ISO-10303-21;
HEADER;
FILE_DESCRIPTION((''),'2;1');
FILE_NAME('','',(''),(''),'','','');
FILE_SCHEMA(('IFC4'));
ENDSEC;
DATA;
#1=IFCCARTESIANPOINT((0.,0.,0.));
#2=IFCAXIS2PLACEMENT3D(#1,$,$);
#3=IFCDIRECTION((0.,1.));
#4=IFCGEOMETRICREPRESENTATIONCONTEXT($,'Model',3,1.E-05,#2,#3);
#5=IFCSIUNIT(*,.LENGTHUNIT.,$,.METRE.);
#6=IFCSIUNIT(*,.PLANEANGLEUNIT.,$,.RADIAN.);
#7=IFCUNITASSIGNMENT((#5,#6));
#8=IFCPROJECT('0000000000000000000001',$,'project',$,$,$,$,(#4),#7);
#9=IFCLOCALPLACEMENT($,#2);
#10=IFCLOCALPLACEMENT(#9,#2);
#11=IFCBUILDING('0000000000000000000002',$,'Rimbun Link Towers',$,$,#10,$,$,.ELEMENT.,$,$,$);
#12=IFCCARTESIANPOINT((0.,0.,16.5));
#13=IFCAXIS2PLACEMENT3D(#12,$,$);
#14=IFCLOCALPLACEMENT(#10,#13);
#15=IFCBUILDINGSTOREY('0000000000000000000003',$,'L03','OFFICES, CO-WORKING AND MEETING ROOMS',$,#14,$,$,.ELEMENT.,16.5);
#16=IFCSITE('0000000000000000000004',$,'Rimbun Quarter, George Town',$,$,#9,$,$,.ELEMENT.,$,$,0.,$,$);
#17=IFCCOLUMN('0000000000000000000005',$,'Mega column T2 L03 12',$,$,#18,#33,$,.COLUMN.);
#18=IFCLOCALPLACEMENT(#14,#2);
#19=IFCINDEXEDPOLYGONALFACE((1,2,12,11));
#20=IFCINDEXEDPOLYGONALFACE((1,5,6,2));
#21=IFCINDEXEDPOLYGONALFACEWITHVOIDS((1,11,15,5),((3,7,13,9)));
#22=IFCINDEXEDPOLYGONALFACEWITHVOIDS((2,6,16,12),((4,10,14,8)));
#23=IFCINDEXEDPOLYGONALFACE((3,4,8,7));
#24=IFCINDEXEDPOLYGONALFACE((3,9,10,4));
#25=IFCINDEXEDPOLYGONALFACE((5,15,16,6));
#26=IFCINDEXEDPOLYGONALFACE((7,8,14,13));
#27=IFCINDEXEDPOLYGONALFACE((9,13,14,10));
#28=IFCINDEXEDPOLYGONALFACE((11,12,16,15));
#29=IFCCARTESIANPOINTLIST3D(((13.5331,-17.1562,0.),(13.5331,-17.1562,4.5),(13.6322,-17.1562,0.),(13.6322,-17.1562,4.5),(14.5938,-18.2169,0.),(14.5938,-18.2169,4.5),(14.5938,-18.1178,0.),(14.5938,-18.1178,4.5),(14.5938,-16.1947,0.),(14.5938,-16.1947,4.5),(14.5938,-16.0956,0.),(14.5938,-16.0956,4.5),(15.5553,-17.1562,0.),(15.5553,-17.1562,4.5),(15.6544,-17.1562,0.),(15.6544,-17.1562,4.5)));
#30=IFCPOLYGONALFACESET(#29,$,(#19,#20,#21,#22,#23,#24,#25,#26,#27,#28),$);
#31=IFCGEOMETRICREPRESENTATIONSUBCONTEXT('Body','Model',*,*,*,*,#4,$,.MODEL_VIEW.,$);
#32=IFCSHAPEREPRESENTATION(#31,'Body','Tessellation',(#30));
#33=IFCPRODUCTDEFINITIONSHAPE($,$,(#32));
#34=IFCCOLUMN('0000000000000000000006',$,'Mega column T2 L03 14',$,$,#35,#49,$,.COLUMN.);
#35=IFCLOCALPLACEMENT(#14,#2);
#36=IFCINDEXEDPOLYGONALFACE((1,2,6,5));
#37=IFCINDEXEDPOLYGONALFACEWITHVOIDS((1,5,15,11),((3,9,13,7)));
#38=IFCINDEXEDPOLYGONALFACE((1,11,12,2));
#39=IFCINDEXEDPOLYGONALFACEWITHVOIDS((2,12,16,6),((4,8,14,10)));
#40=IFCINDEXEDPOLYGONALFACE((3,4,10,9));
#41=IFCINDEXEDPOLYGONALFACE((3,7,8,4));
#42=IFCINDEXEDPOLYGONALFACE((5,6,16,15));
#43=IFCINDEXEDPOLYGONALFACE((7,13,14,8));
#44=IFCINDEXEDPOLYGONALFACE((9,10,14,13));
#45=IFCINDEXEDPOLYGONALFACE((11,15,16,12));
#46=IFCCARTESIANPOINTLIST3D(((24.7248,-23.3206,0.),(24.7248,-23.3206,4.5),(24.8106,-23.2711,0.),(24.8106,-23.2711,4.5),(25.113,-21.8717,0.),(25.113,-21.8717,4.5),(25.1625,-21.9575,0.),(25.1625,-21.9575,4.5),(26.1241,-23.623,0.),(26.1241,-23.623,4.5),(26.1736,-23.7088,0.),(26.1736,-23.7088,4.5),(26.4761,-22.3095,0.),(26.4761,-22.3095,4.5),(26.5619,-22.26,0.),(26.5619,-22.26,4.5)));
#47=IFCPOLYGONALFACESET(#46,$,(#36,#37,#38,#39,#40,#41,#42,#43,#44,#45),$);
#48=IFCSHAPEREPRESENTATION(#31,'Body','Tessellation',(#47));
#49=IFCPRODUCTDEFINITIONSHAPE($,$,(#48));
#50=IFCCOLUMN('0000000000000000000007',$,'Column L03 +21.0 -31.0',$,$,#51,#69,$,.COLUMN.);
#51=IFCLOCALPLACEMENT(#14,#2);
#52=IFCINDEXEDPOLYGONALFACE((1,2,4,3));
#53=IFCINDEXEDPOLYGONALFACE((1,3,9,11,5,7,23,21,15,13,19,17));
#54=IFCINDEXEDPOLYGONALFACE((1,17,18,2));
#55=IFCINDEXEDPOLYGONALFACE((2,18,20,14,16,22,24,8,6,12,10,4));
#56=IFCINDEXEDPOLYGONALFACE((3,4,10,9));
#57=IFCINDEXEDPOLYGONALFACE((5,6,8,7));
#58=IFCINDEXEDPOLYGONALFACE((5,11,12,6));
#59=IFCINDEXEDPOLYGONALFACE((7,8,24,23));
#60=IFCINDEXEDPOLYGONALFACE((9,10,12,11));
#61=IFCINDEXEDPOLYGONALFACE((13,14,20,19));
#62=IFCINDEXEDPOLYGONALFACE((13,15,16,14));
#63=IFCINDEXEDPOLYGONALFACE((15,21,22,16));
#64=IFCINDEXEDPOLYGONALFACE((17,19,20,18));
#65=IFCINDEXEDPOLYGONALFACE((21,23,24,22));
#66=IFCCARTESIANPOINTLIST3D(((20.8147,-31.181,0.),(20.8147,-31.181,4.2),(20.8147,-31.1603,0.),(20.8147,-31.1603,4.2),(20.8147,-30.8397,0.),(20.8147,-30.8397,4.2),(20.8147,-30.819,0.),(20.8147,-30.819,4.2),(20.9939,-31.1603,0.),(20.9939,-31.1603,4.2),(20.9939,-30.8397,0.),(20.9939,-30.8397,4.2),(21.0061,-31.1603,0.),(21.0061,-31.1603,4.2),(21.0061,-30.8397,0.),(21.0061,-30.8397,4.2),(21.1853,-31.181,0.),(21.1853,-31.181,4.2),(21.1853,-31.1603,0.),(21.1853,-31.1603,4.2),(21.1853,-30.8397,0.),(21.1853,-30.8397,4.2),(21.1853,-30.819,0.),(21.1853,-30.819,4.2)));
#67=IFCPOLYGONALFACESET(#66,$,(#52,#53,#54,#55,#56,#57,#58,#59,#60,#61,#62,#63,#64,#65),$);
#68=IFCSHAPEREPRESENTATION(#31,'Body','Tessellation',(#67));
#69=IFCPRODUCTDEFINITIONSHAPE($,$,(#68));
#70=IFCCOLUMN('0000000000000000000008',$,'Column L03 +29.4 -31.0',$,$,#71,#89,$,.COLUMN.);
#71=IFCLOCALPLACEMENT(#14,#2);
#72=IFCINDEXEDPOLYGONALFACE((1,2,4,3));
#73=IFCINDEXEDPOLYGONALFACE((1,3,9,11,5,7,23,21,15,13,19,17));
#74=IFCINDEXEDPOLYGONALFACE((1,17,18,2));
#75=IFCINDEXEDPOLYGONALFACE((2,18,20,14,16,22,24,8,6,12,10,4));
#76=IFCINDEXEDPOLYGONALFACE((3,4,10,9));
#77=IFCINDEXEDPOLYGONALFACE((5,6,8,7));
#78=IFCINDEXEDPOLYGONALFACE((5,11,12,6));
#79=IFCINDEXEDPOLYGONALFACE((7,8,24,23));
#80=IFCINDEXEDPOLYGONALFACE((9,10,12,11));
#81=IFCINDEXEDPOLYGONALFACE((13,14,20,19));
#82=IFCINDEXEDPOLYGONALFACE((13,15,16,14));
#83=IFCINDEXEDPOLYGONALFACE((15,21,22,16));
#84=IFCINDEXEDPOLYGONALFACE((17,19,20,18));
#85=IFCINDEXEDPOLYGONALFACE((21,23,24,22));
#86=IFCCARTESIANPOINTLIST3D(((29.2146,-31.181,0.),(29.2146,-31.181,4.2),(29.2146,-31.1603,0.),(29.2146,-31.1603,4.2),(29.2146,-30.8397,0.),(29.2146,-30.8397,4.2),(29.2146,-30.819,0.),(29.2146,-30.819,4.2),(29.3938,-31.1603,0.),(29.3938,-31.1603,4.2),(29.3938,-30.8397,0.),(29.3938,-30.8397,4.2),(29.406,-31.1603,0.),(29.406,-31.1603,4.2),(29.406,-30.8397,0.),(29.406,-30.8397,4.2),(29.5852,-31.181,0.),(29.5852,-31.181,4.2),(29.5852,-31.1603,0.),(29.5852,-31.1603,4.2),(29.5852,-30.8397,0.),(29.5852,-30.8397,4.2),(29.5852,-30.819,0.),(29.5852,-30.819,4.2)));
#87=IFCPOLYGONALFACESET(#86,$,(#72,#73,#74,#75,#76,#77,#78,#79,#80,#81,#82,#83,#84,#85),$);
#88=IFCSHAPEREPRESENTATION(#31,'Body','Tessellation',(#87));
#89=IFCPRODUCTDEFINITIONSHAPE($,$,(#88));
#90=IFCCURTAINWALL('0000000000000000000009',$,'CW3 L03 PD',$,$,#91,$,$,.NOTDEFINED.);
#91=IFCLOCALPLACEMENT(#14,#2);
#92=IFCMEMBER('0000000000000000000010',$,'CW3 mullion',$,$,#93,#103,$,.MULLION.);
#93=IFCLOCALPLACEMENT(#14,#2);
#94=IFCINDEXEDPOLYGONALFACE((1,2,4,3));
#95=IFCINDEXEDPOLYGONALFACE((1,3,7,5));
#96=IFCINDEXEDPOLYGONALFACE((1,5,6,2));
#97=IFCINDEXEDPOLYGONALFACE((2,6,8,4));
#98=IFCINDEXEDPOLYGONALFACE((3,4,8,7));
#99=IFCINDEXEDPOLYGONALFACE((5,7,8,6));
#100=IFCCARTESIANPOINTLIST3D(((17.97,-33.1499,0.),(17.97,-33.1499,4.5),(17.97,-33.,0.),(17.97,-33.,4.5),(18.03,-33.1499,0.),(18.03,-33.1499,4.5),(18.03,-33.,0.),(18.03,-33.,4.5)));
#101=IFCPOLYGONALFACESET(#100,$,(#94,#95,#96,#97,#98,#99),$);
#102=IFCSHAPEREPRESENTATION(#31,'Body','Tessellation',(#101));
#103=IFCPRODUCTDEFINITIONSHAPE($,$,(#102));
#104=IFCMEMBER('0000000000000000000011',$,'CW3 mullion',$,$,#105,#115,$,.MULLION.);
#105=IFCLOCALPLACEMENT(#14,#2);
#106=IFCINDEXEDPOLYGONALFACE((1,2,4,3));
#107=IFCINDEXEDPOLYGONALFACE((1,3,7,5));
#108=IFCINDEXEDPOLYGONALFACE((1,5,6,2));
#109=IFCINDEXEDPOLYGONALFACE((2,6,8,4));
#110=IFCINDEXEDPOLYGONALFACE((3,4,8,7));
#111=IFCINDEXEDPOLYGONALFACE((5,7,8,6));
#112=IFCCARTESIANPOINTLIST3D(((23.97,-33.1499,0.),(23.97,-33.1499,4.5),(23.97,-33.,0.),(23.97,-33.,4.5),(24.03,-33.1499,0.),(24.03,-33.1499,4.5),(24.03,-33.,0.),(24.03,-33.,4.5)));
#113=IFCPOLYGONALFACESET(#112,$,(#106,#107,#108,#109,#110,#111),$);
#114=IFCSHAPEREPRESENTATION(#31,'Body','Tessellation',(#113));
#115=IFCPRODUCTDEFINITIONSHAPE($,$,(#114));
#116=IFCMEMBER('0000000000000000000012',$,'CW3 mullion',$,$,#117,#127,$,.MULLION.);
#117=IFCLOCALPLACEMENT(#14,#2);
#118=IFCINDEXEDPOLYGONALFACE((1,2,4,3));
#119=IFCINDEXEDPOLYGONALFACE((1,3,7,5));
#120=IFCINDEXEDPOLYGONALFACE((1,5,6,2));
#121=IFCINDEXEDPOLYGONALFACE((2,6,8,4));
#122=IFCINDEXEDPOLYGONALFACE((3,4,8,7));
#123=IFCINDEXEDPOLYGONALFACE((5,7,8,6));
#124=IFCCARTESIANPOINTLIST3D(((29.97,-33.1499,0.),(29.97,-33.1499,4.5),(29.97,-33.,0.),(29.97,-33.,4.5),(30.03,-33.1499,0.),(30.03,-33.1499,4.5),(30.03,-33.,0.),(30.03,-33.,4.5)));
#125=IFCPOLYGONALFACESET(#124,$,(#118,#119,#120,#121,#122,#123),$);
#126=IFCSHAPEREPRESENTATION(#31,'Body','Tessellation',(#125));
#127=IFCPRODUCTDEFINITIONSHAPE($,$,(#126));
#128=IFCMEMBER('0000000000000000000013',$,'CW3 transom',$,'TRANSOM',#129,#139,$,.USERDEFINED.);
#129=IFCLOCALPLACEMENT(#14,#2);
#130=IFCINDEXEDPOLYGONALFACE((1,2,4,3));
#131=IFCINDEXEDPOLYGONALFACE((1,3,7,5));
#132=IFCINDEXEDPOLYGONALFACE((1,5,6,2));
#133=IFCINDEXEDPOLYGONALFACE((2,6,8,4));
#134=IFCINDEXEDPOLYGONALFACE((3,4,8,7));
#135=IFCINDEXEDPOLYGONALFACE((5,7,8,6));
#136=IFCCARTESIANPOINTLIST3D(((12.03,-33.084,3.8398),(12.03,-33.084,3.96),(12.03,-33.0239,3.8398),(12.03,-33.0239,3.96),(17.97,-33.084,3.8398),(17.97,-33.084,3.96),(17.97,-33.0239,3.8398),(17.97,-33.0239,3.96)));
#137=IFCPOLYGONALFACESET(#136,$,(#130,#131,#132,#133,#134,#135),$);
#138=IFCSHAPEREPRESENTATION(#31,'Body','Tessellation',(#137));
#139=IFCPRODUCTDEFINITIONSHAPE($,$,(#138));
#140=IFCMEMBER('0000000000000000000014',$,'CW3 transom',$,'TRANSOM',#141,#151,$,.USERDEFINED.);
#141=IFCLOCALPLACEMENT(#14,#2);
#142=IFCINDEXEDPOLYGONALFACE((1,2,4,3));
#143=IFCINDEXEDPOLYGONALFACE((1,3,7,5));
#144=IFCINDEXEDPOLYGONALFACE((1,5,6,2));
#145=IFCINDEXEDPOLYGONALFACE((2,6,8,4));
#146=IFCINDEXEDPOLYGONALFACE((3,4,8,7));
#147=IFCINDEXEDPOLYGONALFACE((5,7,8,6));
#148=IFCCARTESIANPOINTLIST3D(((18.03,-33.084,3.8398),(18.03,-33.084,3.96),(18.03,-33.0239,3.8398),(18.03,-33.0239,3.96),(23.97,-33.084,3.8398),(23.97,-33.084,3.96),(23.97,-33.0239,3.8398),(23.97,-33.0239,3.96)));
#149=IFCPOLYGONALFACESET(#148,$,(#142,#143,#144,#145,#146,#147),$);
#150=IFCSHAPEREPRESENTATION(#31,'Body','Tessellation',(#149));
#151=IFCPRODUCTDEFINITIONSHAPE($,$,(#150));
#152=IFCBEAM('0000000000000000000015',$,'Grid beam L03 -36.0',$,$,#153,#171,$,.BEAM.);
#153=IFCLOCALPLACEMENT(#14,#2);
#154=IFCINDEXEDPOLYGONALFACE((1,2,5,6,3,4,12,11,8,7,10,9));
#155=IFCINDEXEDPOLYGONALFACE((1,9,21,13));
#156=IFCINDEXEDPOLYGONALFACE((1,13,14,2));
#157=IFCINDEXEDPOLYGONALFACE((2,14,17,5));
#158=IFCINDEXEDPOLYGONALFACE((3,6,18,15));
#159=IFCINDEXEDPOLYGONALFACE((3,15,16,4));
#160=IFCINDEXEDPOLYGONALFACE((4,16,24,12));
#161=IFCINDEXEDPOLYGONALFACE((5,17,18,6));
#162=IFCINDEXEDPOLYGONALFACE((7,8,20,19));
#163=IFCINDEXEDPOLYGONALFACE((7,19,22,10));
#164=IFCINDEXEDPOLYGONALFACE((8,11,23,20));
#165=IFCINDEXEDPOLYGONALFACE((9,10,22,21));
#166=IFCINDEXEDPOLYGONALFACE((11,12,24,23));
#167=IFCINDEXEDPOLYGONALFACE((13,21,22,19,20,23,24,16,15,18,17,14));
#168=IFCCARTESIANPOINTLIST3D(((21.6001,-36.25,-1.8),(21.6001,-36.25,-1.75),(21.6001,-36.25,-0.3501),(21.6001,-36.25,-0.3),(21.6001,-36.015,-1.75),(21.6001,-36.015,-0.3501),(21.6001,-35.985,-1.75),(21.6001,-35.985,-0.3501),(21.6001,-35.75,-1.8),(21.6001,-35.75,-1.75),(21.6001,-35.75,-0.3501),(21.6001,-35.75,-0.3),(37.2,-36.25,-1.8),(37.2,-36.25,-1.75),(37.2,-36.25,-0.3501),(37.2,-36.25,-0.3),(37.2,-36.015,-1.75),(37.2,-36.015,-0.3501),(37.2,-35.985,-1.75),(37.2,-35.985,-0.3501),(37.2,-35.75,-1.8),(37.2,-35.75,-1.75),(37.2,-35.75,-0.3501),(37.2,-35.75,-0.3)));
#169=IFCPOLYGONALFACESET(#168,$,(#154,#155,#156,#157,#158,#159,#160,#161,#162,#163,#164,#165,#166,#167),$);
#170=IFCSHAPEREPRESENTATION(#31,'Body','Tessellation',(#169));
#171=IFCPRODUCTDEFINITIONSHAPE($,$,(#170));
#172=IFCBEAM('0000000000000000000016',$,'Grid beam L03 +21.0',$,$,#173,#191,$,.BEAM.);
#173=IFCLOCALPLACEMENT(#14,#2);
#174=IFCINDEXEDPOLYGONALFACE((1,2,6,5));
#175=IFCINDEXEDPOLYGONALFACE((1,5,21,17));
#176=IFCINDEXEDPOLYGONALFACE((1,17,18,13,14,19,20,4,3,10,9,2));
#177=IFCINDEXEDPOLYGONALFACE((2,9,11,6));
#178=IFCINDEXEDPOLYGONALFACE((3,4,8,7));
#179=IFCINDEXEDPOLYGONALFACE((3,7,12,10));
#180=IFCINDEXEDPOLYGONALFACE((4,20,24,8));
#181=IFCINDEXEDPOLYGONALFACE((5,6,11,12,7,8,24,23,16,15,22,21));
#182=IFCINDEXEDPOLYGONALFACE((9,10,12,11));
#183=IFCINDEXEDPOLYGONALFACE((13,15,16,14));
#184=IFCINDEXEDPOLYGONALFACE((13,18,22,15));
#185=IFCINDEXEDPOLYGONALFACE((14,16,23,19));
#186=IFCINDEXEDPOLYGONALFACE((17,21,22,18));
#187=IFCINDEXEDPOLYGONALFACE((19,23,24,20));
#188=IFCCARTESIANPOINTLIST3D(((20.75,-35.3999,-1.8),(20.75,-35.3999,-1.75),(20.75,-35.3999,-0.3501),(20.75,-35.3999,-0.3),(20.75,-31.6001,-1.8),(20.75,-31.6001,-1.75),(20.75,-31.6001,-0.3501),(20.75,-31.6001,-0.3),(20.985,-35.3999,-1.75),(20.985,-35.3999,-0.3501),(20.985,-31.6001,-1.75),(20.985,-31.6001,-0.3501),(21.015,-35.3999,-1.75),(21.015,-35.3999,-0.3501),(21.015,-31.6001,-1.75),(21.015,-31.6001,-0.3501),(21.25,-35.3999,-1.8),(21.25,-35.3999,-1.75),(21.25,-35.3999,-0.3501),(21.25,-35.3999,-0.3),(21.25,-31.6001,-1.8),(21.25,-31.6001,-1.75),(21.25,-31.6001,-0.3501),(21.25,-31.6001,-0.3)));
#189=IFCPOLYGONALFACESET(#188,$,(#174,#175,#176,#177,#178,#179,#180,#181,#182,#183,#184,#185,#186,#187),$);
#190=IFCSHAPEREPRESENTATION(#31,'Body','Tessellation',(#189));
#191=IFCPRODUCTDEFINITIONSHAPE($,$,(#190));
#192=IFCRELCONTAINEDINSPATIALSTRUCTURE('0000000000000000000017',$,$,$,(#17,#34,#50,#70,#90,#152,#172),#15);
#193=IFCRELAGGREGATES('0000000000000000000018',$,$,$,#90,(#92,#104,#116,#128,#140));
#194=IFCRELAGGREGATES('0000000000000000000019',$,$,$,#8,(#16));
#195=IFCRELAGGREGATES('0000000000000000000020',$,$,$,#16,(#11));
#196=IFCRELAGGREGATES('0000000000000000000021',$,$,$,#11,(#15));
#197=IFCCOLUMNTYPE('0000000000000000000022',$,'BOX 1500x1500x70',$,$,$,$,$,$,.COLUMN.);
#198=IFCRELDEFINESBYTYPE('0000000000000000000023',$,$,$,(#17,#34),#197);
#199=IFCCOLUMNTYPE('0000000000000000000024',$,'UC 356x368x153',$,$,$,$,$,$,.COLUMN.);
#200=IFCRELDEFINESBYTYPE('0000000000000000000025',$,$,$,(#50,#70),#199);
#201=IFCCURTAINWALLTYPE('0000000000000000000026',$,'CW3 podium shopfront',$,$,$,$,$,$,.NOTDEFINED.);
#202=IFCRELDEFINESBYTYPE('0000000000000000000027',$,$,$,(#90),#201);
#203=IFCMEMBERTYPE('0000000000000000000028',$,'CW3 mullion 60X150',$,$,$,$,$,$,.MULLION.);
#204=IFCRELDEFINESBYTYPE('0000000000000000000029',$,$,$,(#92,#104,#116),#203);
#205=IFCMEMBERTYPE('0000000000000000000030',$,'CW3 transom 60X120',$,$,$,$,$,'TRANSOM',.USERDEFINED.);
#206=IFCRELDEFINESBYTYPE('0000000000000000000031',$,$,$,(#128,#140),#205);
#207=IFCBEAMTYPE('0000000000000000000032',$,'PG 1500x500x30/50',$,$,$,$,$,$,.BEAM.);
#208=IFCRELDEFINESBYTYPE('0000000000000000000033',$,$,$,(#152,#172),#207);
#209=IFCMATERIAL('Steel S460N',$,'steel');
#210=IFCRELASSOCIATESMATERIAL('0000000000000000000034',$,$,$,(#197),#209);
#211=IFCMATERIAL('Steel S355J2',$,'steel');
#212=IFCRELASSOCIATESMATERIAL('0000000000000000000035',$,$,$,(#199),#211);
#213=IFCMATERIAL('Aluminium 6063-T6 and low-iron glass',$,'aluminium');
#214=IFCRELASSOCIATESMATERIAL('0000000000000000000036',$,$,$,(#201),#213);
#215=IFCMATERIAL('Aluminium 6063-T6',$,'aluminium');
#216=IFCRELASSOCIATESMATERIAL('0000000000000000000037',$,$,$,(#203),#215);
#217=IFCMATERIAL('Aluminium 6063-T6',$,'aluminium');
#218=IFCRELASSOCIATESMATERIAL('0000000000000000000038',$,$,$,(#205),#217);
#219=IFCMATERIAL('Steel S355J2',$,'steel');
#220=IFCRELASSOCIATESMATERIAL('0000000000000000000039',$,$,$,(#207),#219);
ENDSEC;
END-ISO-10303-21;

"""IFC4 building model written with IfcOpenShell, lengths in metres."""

from ifc_helpers import new_model, si_unit, direction, frame, origin, origin_2d, place, context, subcontext, project, spatial, rectangle, hollow_rectangle, i_section, extrude, material, material_profile, profile_set, type_object, element, aggregate, save


model = new_model("IFC4")

# Units and contexts
model_context = context("Model", 3, precision=1e-05, world=origin(), true_north=direction((0.0, 1.0)))
body_context = subcontext(model_context, "Body", "Model", "MODEL_VIEW")
ifc_project = project(units=[si_unit("LENGTHUNIT", "METRE"), si_unit("PLANEANGLEUNIT", "RADIAN")], contexts=[model_context])

# Site, building, storey
site_placement = place(None, origin())
site = spatial("IfcSite", under=ifc_project, at=site_placement, Name="Rimbun Quarter, George Town", CompositionType="ELEMENT", RefElevation=0.0)
building_placement = place(site_placement, origin())
building = spatial("IfcBuilding", under=site, at=building_placement, Name="Rimbun Link Towers", CompositionType="ELEMENT")
storey_placement = place(building_placement, frame((0.0, 0.0, 16.5)))
storey = spatial("IfcBuildingStorey", under=building, at=storey_placement, Name="L03", Description="OFFICES, CO-WORKING AND MEETING ROOMS", CompositionType="ELEMENT", Elevation=16.5)

# Columns
ifc_material_1 = material(Name="Steel S460N", Category="steel")
ifc_material_profile_1 = material_profile(ifc_material_1, hollow_rectangle(XDim=1.5, YDim=1.5, WallThickness=0.0701, at=origin_2d()), Name="BOX 1500x1500x70")
ifc_profile_set_1 = profile_set([ifc_material_profile_1], Name="Steel S460N")
column_type_1 = type_object("IfcColumnType", Name="BOX 1500x1500x70", PredefinedType="COLUMN", material=ifc_profile_set_1)
for number, where, z_axis, x_axis, name in (
    (1, (14.5938, -17.1562, 0.0), (0.0, 0.0, 1.0), (-0.707107, -0.707107, 0.0), "Mega column T2 L03 12"),
    (2, (25.6433, -22.7903, 0.0), (0.0, 0.0, 1.0), (-0.258819, -0.965926, 0.0), "Mega column T2 L03 14"),
):
    element("IfcColumn", number, at=place(storey_placement, frame(where, z_axis=z_axis, x_axis=x_axis)), inside=storey, type_object=column_type_1, Name=name, PredefinedType="COLUMN", context=body_context, shape_type="SweptSolid", body=[
        extrude(hollow_rectangle(XDim=1.5, YDim=1.5, WallThickness=0.0701, at=origin_2d()), origin(), (0.0, 0.0, 1.0), 4.5),
    ])
ifc_material_2 = material(Name="Steel S355J2", Category="steel")
ifc_material_profile_2 = material_profile(ifc_material_2, i_section(OverallWidth=0.3706, OverallDepth=0.3621, WebThickness=0.0122, FlangeThickness=0.0208, at=origin_2d()), Name="UC 356x368x153")
ifc_profile_set_2 = profile_set([ifc_material_profile_2], Name="Steel S355J2")
column_type_2 = type_object("IfcColumnType", Name="UC 356x368x153", PredefinedType="COLUMN", material=ifc_profile_set_2)
for number, where, z_axis, x_axis, name in (
    (3, (21.0, -31.0, 0.0), (0.0, 0.0, 1.0), (1.0, 0.0, 0.0), "Column L03 +21.0 -31.0"),
    (4, (29.3999, -31.0, 0.0), (0.0, 0.0, 1.0), (1.0, 0.0, 0.0), "Column L03 +29.4 -31.0"),
):
    element("IfcColumn", number, at=place(storey_placement, frame(where, z_axis=z_axis, x_axis=x_axis)), inside=storey, type_object=column_type_2, Name=name, PredefinedType="COLUMN", context=body_context, shape_type="SweptSolid", body=[
        extrude(i_section(OverallWidth=0.3706, OverallDepth=0.3621, WebThickness=0.0122, FlangeThickness=0.0208, at=origin_2d()), origin(), (0.0, 0.0, 1.0), 4.2),
    ])

# Curtain wall, members
ifc_material_3 = material(Name="Aluminium 6063-T6 and low-iron glass", Category="aluminium")
curtain_wall_type = type_object("IfcCurtainWallType", Name="CW3 podium shopfront", PredefinedType="NOTDEFINED", material=ifc_material_3)
curtain_wall_placement = place(storey_placement, origin())
curtain_wall = element("IfcCurtainWall", 5, at=curtain_wall_placement, inside=storey, type_object=curtain_wall_type, Name="CW3 L03 PD", PredefinedType="NOTDEFINED")
ifc_material_4 = material(Name="Aluminium 6063-T6", Category="aluminium")
ifc_material_profile_3 = material_profile(ifc_material_4, rectangle(XDim=0.1499, YDim=0.0601, at=origin_2d()), Name="MULLION 60X150")
ifc_profile_set_3 = profile_set([ifc_material_profile_3], Name="Aluminium 6063-T6")
member_type_1 = type_object("IfcMemberType", Name="CW3 mullion 60X150", PredefinedType="MULLION", material=ifc_profile_set_3)
member_1_placement = place(storey_placement, frame((18.0, -33.075, 0.0), z_axis=(0.0, 0.0, 1.0), x_axis=(0.0, -1.0, 0.0)))
member_1 = element("IfcMember", 6, at=member_1_placement, type_object=member_type_1, Name="CW3 mullion", PredefinedType="MULLION", context=body_context, shape_type="SweptSolid", body=[
    extrude(rectangle(XDim=0.1499, YDim=0.0601, at=origin_2d()), origin(), (0.0, 0.0, 1.0), 4.5),
])
member_2_placement = place(storey_placement, frame((24.0, -33.075, 0.0), z_axis=(0.0, 0.0, 1.0), x_axis=(0.0, -1.0, 0.0)))
member_2 = element("IfcMember", 7, at=member_2_placement, type_object=member_type_1, Name="CW3 mullion", PredefinedType="MULLION", context=body_context, shape_type="SweptSolid", body=[
    extrude(rectangle(XDim=0.1499, YDim=0.0601, at=origin_2d()), origin(), (0.0, 0.0, 1.0), 4.5),
])
member_3_placement = place(storey_placement, frame((30.0, -33.075, 0.0), z_axis=(0.0, 0.0, 1.0), x_axis=(0.0, -1.0, 0.0)))
member_3 = element("IfcMember", 8, at=member_3_placement, type_object=member_type_1, Name="CW3 mullion", PredefinedType="MULLION", context=body_context, shape_type="SweptSolid", body=[
    extrude(rectangle(XDim=0.1499, YDim=0.0601, at=origin_2d()), origin(), (0.0, 0.0, 1.0), 4.5),
])
ifc_material_5 = material(Name="Aluminium 6063-T6", Category="aluminium")
ifc_material_profile_4 = material_profile(ifc_material_5, rectangle(XDim=0.0601, YDim=0.1201, at=origin_2d()), Name="TRANSOM 60X120")
ifc_profile_set_4 = profile_set([ifc_material_profile_4], Name="Aluminium 6063-T6")
member_type_2 = type_object("IfcMemberType", Name="CW3 transom 60X120", ElementType="TRANSOM", PredefinedType="USERDEFINED", material=ifc_profile_set_4)
member_4_placement = place(storey_placement, frame((17.97, -33.054, 3.8999), z_axis=(-1.0, 0.0, 0.0), x_axis=(0.0, -1.0, 0.0)))
member_4 = element("IfcMember", 9, at=member_4_placement, type_object=member_type_2, Name="CW3 transom", ObjectType="TRANSOM", PredefinedType="USERDEFINED", context=body_context, shape_type="SweptSolid", body=[
    extrude(rectangle(XDim=0.0601, YDim=0.1201, at=origin_2d()), origin(), (0.0, 0.0, 1.0), 5.9399),
])
member_5_placement = place(storey_placement, frame((23.97, -33.054, 3.8999), z_axis=(-1.0, 0.0, 0.0), x_axis=(0.0, -1.0, 0.0)))
member_5 = element("IfcMember", 10, at=member_5_placement, type_object=member_type_2, Name="CW3 transom", ObjectType="TRANSOM", PredefinedType="USERDEFINED", context=body_context, shape_type="SweptSolid", body=[
    extrude(rectangle(XDim=0.0601, YDim=0.1201, at=origin_2d()), origin(), (0.0, 0.0, 1.0), 5.9399),
])

# Beams
ifc_material_6 = material(Name="Steel S355J2", Category="steel")
ifc_material_profile_5 = material_profile(ifc_material_6, i_section(OverallWidth=0.5, OverallDepth=1.5, WebThickness=0.03, FlangeThickness=0.05, at=origin_2d()), Name="PG 1500x500x30/50")
ifc_profile_set_5 = profile_set([ifc_material_profile_5], Name="Steel S355J2")
beam_type_1 = type_object("IfcBeamType", Name="PG 1500x500x30/50", PredefinedType="BEAM", material=ifc_profile_set_5)
beam_1_placement = place(storey_placement, frame((21.6001, -36.0, -1.05), z_axis=(1.0, 0.0, 0.0), x_axis=(0.0, 1.0, 0.0)))
element("IfcBeam", 11, at=beam_1_placement, inside=storey, type_object=beam_type_1, Name="Grid beam L03 -36.0", PredefinedType="BEAM", context=body_context, shape_type="SweptSolid", body=[
    extrude(i_section(OverallWidth=0.5, OverallDepth=1.5, WebThickness=0.03, FlangeThickness=0.05, at=origin_2d()), origin(), (0.0, 0.0, 1.0), 15.5999),
])
beam_2_placement = place(storey_placement, frame((21.0, -35.3999, -1.05), z_axis=(0.0, 1.0, 0.0), x_axis=(-1.0, 0.0, 0.0)))
element("IfcBeam", 12, at=beam_2_placement, inside=storey, type_object=beam_type_1, Name="Grid beam L03 +21.0", PredefinedType="BEAM", context=body_context, shape_type="SweptSolid", body=[
    extrude(i_section(OverallWidth=0.5, OverallDepth=1.5, WebThickness=0.03, FlangeThickness=0.05, at=origin_2d()), origin(), (0.0, 0.0, 1.0), 3.7998),
])

aggregate(curtain_wall, [member_1, member_2, member_3, member_4, member_5])

save(model, "model.ifc")
